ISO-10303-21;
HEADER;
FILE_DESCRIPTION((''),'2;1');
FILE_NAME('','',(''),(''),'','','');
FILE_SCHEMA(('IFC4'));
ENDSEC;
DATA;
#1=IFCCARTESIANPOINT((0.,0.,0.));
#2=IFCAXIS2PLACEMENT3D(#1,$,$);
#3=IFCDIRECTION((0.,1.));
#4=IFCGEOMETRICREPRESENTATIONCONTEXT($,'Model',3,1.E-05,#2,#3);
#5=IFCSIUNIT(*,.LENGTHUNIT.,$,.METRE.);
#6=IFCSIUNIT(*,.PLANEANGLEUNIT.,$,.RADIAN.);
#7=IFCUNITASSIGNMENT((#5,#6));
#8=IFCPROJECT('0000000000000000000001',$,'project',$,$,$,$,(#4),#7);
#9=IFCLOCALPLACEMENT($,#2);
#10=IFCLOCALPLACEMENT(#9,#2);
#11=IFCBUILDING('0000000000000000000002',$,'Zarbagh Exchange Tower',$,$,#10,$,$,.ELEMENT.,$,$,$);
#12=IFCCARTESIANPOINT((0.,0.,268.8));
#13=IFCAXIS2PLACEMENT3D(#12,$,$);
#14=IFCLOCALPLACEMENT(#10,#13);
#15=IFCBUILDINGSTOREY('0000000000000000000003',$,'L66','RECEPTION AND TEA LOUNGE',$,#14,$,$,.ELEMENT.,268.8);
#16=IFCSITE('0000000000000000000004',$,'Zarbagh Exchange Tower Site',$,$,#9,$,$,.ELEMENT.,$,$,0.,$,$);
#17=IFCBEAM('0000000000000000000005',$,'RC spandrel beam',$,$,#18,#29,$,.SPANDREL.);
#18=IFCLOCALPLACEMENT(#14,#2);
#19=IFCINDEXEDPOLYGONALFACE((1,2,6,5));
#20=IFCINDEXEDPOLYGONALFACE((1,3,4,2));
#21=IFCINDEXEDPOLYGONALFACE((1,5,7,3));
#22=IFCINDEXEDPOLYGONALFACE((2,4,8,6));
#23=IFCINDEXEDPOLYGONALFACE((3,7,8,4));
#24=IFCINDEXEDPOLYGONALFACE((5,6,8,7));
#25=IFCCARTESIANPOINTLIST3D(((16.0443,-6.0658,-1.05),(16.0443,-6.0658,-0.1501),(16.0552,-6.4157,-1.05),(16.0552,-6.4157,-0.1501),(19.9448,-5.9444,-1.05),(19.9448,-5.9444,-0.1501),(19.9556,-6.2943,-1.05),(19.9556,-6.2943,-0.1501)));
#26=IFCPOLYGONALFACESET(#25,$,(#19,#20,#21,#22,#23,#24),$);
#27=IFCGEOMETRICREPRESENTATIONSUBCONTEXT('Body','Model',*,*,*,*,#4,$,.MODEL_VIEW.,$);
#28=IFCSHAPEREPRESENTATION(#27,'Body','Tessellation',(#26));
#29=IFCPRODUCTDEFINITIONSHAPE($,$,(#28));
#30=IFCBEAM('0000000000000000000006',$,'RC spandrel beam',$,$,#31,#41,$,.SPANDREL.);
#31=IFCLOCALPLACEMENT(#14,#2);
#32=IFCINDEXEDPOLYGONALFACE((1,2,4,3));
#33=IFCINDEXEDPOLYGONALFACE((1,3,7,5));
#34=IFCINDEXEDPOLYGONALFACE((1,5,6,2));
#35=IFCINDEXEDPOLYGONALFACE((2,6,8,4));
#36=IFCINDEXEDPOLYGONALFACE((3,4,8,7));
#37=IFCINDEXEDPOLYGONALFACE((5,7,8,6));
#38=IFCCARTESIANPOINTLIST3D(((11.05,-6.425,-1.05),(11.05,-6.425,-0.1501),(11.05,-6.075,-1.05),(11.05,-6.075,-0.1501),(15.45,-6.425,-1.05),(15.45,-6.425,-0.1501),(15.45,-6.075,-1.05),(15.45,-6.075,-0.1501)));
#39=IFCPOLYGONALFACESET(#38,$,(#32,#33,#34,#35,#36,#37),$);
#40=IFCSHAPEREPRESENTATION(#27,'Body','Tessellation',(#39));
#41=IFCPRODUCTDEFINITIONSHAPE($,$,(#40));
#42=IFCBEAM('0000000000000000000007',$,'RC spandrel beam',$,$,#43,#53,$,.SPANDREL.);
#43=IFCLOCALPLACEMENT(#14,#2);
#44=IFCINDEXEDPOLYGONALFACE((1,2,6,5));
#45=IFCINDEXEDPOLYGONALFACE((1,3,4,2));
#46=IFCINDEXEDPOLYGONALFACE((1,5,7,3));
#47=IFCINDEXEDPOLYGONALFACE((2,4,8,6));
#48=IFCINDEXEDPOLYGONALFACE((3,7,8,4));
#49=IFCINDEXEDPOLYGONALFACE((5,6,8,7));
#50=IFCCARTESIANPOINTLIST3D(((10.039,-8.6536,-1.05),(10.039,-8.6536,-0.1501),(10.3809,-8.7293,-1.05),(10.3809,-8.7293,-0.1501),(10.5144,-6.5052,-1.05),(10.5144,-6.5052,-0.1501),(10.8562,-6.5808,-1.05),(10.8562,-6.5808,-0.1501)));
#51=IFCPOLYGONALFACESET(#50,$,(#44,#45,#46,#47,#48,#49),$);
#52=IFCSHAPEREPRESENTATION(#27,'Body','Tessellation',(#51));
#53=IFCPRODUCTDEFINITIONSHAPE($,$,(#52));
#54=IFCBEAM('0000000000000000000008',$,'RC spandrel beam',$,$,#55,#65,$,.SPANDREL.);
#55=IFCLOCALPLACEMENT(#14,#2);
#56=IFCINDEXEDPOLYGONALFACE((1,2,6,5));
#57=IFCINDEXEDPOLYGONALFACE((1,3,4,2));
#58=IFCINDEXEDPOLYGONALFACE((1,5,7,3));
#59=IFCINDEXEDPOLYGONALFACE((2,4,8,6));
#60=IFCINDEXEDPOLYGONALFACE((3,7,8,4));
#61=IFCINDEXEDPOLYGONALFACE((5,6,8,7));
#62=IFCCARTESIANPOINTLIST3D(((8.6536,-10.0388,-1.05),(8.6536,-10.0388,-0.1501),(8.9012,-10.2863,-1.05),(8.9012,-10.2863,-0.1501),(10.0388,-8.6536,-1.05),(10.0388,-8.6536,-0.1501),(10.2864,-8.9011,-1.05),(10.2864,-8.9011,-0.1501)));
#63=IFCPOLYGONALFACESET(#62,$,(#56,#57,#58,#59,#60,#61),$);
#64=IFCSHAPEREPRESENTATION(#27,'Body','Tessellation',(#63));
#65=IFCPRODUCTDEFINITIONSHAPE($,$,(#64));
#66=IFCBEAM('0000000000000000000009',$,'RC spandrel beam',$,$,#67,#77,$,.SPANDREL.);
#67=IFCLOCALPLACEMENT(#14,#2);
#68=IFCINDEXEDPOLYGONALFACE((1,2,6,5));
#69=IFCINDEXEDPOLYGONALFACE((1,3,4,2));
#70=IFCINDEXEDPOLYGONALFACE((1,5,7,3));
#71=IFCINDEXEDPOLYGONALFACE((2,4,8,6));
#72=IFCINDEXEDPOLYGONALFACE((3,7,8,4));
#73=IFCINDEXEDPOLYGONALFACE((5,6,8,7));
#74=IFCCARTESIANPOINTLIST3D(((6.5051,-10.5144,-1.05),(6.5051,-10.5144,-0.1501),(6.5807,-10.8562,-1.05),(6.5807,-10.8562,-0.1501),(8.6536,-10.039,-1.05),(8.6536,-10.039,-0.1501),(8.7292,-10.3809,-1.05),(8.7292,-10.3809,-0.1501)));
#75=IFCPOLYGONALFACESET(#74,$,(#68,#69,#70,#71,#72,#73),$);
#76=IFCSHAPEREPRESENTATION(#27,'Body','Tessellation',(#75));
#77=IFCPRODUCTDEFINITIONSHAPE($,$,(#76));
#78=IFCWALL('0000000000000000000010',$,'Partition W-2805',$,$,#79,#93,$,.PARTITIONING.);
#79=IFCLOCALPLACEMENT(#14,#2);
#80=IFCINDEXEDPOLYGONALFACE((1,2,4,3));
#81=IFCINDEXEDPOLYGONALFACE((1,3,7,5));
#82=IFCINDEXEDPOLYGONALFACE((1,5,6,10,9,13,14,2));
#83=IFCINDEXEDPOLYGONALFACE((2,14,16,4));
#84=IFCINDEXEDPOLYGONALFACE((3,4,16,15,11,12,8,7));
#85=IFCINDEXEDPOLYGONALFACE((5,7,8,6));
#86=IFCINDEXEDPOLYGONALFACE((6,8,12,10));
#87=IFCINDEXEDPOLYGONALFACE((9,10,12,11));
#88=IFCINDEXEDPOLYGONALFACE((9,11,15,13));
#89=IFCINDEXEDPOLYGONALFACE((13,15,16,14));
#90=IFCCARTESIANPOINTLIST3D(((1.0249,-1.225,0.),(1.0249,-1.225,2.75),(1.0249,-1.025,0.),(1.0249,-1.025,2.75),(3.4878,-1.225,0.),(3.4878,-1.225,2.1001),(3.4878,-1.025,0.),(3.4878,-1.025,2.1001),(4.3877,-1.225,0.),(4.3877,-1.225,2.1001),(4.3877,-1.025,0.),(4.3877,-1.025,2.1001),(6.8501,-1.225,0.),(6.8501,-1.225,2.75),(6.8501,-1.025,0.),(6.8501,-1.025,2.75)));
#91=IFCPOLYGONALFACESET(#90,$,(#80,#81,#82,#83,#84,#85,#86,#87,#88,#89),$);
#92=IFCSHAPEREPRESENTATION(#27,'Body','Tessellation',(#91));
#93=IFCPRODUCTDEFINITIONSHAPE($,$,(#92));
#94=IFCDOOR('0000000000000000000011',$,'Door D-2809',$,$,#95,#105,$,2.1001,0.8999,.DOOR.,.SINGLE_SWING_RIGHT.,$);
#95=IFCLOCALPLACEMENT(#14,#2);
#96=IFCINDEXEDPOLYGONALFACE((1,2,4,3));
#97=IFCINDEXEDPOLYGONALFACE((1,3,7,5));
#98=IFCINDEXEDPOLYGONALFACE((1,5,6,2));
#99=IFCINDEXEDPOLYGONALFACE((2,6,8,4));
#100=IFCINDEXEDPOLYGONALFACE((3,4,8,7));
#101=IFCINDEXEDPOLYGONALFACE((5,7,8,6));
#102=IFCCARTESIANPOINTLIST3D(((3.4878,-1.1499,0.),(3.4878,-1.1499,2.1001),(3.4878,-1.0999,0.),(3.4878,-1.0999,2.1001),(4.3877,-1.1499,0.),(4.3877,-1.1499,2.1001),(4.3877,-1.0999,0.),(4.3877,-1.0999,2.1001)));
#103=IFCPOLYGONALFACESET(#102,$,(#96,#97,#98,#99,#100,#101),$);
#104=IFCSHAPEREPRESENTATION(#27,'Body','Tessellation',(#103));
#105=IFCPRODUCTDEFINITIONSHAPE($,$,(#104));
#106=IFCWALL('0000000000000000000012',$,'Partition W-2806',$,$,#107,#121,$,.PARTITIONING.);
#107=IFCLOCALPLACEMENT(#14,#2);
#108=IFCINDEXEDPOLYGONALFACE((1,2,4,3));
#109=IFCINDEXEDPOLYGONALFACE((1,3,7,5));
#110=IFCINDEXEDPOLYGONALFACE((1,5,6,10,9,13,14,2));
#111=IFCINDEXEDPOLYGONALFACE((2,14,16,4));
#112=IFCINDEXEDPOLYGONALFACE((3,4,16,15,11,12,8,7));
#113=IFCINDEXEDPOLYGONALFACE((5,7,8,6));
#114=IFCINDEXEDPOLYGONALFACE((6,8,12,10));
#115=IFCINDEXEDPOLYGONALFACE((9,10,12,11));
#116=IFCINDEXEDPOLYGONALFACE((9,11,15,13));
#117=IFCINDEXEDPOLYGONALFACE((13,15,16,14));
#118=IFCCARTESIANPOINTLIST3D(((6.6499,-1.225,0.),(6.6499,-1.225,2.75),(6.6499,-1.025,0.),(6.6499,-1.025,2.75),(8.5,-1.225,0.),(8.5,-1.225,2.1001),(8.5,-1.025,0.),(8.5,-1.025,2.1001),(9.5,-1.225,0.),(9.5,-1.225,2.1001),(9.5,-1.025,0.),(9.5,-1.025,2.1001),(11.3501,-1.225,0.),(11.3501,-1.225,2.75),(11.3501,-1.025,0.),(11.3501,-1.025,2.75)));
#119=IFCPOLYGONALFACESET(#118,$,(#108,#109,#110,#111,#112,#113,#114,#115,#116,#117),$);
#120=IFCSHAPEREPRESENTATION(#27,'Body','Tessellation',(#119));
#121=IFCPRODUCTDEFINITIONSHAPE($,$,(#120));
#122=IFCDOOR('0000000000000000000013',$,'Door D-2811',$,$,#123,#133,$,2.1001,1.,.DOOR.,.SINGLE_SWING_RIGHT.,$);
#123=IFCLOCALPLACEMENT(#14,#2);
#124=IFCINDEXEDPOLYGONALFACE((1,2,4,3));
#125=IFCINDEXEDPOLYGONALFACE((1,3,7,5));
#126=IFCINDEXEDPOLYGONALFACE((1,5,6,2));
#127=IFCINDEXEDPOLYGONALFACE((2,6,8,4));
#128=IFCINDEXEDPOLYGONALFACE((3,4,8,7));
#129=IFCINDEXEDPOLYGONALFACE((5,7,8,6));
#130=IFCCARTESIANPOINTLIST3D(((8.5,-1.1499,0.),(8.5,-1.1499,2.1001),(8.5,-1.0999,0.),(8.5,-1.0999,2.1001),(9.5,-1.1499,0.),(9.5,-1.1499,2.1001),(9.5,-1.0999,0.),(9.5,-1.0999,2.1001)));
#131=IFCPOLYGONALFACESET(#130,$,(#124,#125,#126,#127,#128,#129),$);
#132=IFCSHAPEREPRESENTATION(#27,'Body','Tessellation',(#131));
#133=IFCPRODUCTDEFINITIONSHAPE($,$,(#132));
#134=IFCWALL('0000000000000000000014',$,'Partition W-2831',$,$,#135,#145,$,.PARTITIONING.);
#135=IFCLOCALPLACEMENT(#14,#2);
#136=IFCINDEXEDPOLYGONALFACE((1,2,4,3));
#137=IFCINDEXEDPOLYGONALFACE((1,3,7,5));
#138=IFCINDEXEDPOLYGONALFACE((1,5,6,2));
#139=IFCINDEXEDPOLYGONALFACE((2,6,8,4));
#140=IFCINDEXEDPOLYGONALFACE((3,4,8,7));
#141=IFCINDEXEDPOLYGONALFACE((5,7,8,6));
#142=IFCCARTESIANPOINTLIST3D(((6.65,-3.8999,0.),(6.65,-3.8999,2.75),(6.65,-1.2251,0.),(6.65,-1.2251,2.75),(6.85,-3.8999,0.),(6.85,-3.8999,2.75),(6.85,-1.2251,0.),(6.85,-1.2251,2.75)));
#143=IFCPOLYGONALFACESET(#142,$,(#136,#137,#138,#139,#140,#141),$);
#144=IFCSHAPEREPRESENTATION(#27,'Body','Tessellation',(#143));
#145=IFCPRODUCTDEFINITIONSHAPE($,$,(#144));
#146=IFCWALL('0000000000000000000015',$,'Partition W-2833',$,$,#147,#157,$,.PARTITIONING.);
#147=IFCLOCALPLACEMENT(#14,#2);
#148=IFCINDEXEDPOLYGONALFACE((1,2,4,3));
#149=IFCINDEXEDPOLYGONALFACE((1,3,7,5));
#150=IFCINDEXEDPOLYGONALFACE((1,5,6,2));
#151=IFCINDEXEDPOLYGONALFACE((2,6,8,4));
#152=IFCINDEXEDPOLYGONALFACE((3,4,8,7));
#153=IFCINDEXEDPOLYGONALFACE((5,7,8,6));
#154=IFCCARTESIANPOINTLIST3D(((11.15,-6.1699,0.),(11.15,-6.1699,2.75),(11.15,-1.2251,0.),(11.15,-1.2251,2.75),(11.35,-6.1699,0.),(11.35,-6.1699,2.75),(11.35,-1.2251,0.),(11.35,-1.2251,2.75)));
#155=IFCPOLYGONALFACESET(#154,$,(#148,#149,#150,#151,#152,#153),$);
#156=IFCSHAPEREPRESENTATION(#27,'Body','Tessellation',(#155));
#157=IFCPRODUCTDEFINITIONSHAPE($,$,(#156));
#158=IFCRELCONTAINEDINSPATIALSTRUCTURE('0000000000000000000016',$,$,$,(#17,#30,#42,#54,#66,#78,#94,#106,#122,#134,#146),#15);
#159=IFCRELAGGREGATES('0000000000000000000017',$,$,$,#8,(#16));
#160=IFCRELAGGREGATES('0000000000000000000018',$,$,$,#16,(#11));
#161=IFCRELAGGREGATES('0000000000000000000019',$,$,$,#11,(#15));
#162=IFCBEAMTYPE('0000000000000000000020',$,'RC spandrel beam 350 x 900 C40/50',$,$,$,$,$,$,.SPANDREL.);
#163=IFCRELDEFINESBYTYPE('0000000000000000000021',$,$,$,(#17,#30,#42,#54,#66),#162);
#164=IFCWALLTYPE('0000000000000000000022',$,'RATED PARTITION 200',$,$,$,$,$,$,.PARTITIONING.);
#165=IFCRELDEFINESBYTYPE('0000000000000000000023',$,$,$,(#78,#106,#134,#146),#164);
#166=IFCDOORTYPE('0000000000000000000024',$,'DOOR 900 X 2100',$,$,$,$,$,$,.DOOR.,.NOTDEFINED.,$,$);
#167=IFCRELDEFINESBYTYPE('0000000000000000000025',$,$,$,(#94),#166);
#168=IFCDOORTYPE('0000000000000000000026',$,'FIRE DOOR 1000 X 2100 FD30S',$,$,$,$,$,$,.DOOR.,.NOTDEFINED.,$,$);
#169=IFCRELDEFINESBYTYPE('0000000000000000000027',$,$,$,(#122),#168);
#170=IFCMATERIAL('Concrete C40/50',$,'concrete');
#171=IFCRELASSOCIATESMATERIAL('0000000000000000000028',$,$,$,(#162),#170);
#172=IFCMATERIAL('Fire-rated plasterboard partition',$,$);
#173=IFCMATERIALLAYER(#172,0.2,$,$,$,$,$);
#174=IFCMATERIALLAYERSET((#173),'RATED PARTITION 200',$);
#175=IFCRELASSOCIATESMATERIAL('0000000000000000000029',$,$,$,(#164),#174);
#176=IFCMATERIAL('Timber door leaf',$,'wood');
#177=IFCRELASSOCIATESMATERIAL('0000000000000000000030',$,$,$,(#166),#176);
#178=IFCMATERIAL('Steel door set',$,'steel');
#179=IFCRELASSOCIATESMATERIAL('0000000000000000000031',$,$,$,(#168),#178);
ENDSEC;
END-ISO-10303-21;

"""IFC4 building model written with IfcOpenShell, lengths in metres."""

from ifc_helpers import new_model, si_unit, direction, frame, frame_2d, origin, origin_2d, place, context, subcontext, project, spatial, rectangle, extrude, material, layer, layer_set, material_profile, profile_set, type_object, element, fill, save


model = new_model("IFC4")

# Units and contexts
model_context = context("Model", 3, precision=1e-05, world=origin(), true_north=direction((0.0, 1.0)))
body_context = subcontext(model_context, "Body", "Model", "MODEL_VIEW")
ifc_project = project(units=[si_unit("LENGTHUNIT", "METRE"), si_unit("PLANEANGLEUNIT", "RADIAN")], contexts=[model_context])

# Site, building, storey
site_placement = place(None, origin())
site = spatial("IfcSite", under=ifc_project, at=site_placement, Name="Zarbagh Exchange Tower Site", CompositionType="ELEMENT", RefElevation=0.0)
building_placement = place(site_placement, origin())
building = spatial("IfcBuilding", under=site, at=building_placement, Name="Zarbagh Exchange Tower", CompositionType="ELEMENT")
storey_placement = place(building_placement, frame((0.0, 0.0, 268.8)))
storey = spatial("IfcBuildingStorey", under=building, at=storey_placement, Name="L66", Description="RECEPTION AND TEA LOUNGE", CompositionType="ELEMENT", Elevation=268.8)

# Shared definitions
ifc_material_1 = material(Name="Concrete C40/50", Category="concrete")

# Beams
ifc_material_profile_1 = material_profile(ifc_material_1, rectangle(XDim=0.3501, YDim=0.8999, at=origin_2d()), Name="RC spandrel beam 350 x 900 C40/50")
ifc_profile_set_1 = profile_set([ifc_material_profile_1], Name="Concrete C40/50")
beam_type_1 = type_object("IfcBeamType", Name="RC spandrel beam 350 x 900 C40/50", PredefinedType="SPANDREL", material=ifc_profile_set_1)
beam_1_placement = place(storey_placement, frame((19.9502, -6.1194, -0.6001), z_axis=(-0.999516, -0.031094, 0.0), x_axis=(0.031094, -0.999516, 0.0)))
element("IfcBeam", 1, at=beam_1_placement, inside=storey, type_object=beam_type_1, Name="RC spandrel beam", PredefinedType="SPANDREL", context=body_context, shape_type="SweptSolid", body=[
    extrude(rectangle(XDim=0.3501, YDim=0.8999, at=origin_2d()), origin(), (0.0, 0.0, 1.0), 3.9023),
])
beam_2_placement = place(storey_placement, frame((15.45, -6.25, -0.6001), z_axis=(-1.0, 0.0, 0.0), x_axis=(0.0, -1.0, 0.0)))
element("IfcBeam", 2, at=beam_2_placement, inside=storey, type_object=beam_type_1, Name="RC spandrel beam", PredefinedType="SPANDREL", context=body_context, shape_type="SweptSolid", body=[
    extrude(rectangle(XDim=0.3501, YDim=0.8999, at=origin_2d()), origin(), (0.0, 0.0, 1.0), 4.3999),
])
beam_3_placement = place(storey_placement, frame((10.6853, -6.543, -0.6001), z_axis=(-0.216026, -0.976388, 0.0), x_axis=(0.976388, -0.216026, 0.0)))
element("IfcBeam", 3, at=beam_3_placement, inside=storey, type_object=beam_type_1, Name="RC spandrel beam", PredefinedType="SPANDREL", context=body_context, shape_type="SweptSolid", body=[
    extrude(rectangle(XDim=0.3501, YDim=0.8999, at=origin_2d()), origin(), (0.0, 0.0, 1.0), 2.2004),
])
beam_4_placement = place(storey_placement, frame((10.1626, -8.7773, -0.6001), z_axis=(-0.707107, -0.707107, 0.0), x_axis=(0.707107, -0.707107, 0.0)))
element("IfcBeam", 4, at=beam_4_placement, inside=storey, type_object=beam_type_1, Name="RC spandrel beam", PredefinedType="SPANDREL", context=body_context, shape_type="SweptSolid", body=[
    extrude(rectangle(XDim=0.3501, YDim=0.8999, at=origin_2d()), origin(), (0.0, 0.0, 1.0), 1.959),
])
beam_5_placement = place(storey_placement, frame((8.6914, -10.21, -0.6001), z_axis=(-0.976388, -0.216026, 0.0), x_axis=(0.216026, -0.976388, 0.0)))
element("IfcBeam", 5, at=beam_5_placement, inside=storey, type_object=beam_type_1, Name="RC spandrel beam", PredefinedType="SPANDREL", context=body_context, shape_type="SweptSolid", body=[
    extrude(rectangle(XDim=0.3501, YDim=0.8999, at=origin_2d()), origin(), (0.0, 0.0, 1.0), 2.2004),
])

# Walls, openings, doors
ifc_material_2 = material(Name="Fire-rated plasterboard partition")
ifc_layer = layer(ifc_material_2, 0.2)
ifc_layer_set = layer_set([ifc_layer], Name="RATED PARTITION 200")
wall_type = type_object("IfcWallType", Name="RATED PARTITION 200", PredefinedType="PARTITIONING", material=ifc_layer_set)
wall_1_placement = place(storey_placement, frame((6.8501, -1.125, 0.0), z_axis=(0.0, 0.0, 1.0), x_axis=(-1.0, 0.0, 0.0)))
wall_1 = element("IfcWall", 6, at=wall_1_placement, inside=storey, type_object=wall_type, Name="Partition W-2805", PredefinedType="PARTITIONING", context=body_context, shape_type="SweptSolid", body=[
    extrude(rectangle(XDim=5.8252, YDim=0.2, at=frame_2d((2.9126, 0.0))), origin(), (0.0, 0.0, 1.0), 2.75),
])
opening_1_placement = place(wall_1_placement, frame((2.4624, 0.0, 0.0)))
opening_1 = element("IfcOpeningElement", 7, at=opening_1_placement, cuts=wall_1, PredefinedType="OPENING", context=body_context, shape_type="SweptSolid", body=[
    extrude(rectangle(XDim=0.8999, YDim=2.1001, at=frame_2d((0.45, 1.05))), frame((0.0, 0.1099, 0.0), z_axis=(0.0, -1.0, 0.0), x_axis=(1.0, 0.0, 0.0)), (0.0, 0.0, 1.0), 0.22),
])
ifc_material_3 = material(Name="Timber door leaf", Category="wood")
door_type_1 = type_object("IfcDoorType", Name="DOOR 900 X 2100", OperationType="NOTDEFINED", PredefinedType="DOOR", material=ifc_material_3)
door_1_placement = place(opening_1_placement, origin())
door_1 = element("IfcDoor", 8, at=door_1_placement, inside=storey, type_object=door_type_1, Name="Door D-2809", OperationType="SINGLE_SWING_RIGHT", OverallHeight=2.1001, OverallWidth=0.8999, PredefinedType="DOOR", context=body_context, shape_type="SweptSolid", body=[
    extrude(rectangle(XDim=0.8999, YDim=2.1001, at=frame_2d((0.45, 1.05))), frame((0.0, 0.0249, 0.0), z_axis=(0.0, -1.0, 0.0), x_axis=(1.0, 0.0, 0.0)), (0.0, 0.0, 1.0), 0.05),
])
fill(opening_1, door_1)
wall_2_placement = place(storey_placement, frame((11.3501, -1.125, 0.0), z_axis=(0.0, 0.0, 1.0), x_axis=(-1.0, 0.0, 0.0)))
wall_2 = element("IfcWall", 9, at=wall_2_placement, inside=storey, type_object=wall_type, Name="Partition W-2806", PredefinedType="PARTITIONING", context=body_context, shape_type="SweptSolid", body=[
    extrude(rectangle(XDim=4.7002, YDim=0.2, at=frame_2d((2.3501, 0.0))), origin(), (0.0, 0.0, 1.0), 2.75),
])
opening_2_placement = place(wall_2_placement, frame((1.8501, 0.0, 0.0)))
opening_2 = element("IfcOpeningElement", 10, at=opening_2_placement, cuts=wall_2, PredefinedType="OPENING", context=body_context, shape_type="SweptSolid", body=[
    extrude(rectangle(XDim=1.0, YDim=2.1001, at=frame_2d((0.5, 1.05))), frame((0.0, 0.1099, 0.0), z_axis=(0.0, -1.0, 0.0), x_axis=(1.0, 0.0, 0.0)), (0.0, 0.0, 1.0), 0.22),
])
ifc_material_4 = material(Name="Steel door set", Category="steel")
door_type_2 = type_object("IfcDoorType", Name="FIRE DOOR 1000 X 2100 FD30S", OperationType="NOTDEFINED", PredefinedType="DOOR", material=ifc_material_4)
door_2_placement = place(opening_2_placement, origin())
door_2 = element("IfcDoor", 11, at=door_2_placement, inside=storey, type_object=door_type_2, Name="Door D-2811", OperationType="SINGLE_SWING_RIGHT", OverallHeight=2.1001, OverallWidth=1.0, PredefinedType="DOOR", context=body_context, shape_type="SweptSolid", body=[
    extrude(rectangle(XDim=1.0, YDim=2.1001, at=frame_2d((0.5, 1.05))), frame((0.0, 0.0249, 0.0), z_axis=(0.0, -1.0, 0.0), x_axis=(1.0, 0.0, 0.0)), (0.0, 0.0, 1.0), 0.05),
])
fill(opening_2, door_2)

# Walls
wall_3_placement = place(storey_placement, frame((6.75, -3.8999, 0.0), z_axis=(0.0, 0.0, 1.0), x_axis=(0.0, 1.0, 0.0)))
element("IfcWall", 12, at=wall_3_placement, inside=storey, type_object=wall_type, Name="Partition W-2831", PredefinedType="PARTITIONING", context=body_context, shape_type="SweptSolid", body=[
    extrude(rectangle(XDim=2.6748, YDim=0.2, at=frame_2d((1.3374, 0.0))), origin(), (0.0, 0.0, 1.0), 2.75),
])
wall_4_placement = place(storey_placement, frame((11.25, -6.1699, 0.0), z_axis=(0.0, 0.0, 1.0), x_axis=(0.0, 1.0, 0.0)))
element("IfcWall", 13, at=wall_4_placement, inside=storey, type_object=wall_type, Name="Partition W-2833", PredefinedType="PARTITIONING", context=body_context, shape_type="SweptSolid", body=[
    extrude(rectangle(XDim=4.9448, YDim=0.2, at=frame_2d((2.4724, 0.0))), origin(), (0.0, 0.0, 1.0), 2.75),
])

save(model, "model.ifc")
